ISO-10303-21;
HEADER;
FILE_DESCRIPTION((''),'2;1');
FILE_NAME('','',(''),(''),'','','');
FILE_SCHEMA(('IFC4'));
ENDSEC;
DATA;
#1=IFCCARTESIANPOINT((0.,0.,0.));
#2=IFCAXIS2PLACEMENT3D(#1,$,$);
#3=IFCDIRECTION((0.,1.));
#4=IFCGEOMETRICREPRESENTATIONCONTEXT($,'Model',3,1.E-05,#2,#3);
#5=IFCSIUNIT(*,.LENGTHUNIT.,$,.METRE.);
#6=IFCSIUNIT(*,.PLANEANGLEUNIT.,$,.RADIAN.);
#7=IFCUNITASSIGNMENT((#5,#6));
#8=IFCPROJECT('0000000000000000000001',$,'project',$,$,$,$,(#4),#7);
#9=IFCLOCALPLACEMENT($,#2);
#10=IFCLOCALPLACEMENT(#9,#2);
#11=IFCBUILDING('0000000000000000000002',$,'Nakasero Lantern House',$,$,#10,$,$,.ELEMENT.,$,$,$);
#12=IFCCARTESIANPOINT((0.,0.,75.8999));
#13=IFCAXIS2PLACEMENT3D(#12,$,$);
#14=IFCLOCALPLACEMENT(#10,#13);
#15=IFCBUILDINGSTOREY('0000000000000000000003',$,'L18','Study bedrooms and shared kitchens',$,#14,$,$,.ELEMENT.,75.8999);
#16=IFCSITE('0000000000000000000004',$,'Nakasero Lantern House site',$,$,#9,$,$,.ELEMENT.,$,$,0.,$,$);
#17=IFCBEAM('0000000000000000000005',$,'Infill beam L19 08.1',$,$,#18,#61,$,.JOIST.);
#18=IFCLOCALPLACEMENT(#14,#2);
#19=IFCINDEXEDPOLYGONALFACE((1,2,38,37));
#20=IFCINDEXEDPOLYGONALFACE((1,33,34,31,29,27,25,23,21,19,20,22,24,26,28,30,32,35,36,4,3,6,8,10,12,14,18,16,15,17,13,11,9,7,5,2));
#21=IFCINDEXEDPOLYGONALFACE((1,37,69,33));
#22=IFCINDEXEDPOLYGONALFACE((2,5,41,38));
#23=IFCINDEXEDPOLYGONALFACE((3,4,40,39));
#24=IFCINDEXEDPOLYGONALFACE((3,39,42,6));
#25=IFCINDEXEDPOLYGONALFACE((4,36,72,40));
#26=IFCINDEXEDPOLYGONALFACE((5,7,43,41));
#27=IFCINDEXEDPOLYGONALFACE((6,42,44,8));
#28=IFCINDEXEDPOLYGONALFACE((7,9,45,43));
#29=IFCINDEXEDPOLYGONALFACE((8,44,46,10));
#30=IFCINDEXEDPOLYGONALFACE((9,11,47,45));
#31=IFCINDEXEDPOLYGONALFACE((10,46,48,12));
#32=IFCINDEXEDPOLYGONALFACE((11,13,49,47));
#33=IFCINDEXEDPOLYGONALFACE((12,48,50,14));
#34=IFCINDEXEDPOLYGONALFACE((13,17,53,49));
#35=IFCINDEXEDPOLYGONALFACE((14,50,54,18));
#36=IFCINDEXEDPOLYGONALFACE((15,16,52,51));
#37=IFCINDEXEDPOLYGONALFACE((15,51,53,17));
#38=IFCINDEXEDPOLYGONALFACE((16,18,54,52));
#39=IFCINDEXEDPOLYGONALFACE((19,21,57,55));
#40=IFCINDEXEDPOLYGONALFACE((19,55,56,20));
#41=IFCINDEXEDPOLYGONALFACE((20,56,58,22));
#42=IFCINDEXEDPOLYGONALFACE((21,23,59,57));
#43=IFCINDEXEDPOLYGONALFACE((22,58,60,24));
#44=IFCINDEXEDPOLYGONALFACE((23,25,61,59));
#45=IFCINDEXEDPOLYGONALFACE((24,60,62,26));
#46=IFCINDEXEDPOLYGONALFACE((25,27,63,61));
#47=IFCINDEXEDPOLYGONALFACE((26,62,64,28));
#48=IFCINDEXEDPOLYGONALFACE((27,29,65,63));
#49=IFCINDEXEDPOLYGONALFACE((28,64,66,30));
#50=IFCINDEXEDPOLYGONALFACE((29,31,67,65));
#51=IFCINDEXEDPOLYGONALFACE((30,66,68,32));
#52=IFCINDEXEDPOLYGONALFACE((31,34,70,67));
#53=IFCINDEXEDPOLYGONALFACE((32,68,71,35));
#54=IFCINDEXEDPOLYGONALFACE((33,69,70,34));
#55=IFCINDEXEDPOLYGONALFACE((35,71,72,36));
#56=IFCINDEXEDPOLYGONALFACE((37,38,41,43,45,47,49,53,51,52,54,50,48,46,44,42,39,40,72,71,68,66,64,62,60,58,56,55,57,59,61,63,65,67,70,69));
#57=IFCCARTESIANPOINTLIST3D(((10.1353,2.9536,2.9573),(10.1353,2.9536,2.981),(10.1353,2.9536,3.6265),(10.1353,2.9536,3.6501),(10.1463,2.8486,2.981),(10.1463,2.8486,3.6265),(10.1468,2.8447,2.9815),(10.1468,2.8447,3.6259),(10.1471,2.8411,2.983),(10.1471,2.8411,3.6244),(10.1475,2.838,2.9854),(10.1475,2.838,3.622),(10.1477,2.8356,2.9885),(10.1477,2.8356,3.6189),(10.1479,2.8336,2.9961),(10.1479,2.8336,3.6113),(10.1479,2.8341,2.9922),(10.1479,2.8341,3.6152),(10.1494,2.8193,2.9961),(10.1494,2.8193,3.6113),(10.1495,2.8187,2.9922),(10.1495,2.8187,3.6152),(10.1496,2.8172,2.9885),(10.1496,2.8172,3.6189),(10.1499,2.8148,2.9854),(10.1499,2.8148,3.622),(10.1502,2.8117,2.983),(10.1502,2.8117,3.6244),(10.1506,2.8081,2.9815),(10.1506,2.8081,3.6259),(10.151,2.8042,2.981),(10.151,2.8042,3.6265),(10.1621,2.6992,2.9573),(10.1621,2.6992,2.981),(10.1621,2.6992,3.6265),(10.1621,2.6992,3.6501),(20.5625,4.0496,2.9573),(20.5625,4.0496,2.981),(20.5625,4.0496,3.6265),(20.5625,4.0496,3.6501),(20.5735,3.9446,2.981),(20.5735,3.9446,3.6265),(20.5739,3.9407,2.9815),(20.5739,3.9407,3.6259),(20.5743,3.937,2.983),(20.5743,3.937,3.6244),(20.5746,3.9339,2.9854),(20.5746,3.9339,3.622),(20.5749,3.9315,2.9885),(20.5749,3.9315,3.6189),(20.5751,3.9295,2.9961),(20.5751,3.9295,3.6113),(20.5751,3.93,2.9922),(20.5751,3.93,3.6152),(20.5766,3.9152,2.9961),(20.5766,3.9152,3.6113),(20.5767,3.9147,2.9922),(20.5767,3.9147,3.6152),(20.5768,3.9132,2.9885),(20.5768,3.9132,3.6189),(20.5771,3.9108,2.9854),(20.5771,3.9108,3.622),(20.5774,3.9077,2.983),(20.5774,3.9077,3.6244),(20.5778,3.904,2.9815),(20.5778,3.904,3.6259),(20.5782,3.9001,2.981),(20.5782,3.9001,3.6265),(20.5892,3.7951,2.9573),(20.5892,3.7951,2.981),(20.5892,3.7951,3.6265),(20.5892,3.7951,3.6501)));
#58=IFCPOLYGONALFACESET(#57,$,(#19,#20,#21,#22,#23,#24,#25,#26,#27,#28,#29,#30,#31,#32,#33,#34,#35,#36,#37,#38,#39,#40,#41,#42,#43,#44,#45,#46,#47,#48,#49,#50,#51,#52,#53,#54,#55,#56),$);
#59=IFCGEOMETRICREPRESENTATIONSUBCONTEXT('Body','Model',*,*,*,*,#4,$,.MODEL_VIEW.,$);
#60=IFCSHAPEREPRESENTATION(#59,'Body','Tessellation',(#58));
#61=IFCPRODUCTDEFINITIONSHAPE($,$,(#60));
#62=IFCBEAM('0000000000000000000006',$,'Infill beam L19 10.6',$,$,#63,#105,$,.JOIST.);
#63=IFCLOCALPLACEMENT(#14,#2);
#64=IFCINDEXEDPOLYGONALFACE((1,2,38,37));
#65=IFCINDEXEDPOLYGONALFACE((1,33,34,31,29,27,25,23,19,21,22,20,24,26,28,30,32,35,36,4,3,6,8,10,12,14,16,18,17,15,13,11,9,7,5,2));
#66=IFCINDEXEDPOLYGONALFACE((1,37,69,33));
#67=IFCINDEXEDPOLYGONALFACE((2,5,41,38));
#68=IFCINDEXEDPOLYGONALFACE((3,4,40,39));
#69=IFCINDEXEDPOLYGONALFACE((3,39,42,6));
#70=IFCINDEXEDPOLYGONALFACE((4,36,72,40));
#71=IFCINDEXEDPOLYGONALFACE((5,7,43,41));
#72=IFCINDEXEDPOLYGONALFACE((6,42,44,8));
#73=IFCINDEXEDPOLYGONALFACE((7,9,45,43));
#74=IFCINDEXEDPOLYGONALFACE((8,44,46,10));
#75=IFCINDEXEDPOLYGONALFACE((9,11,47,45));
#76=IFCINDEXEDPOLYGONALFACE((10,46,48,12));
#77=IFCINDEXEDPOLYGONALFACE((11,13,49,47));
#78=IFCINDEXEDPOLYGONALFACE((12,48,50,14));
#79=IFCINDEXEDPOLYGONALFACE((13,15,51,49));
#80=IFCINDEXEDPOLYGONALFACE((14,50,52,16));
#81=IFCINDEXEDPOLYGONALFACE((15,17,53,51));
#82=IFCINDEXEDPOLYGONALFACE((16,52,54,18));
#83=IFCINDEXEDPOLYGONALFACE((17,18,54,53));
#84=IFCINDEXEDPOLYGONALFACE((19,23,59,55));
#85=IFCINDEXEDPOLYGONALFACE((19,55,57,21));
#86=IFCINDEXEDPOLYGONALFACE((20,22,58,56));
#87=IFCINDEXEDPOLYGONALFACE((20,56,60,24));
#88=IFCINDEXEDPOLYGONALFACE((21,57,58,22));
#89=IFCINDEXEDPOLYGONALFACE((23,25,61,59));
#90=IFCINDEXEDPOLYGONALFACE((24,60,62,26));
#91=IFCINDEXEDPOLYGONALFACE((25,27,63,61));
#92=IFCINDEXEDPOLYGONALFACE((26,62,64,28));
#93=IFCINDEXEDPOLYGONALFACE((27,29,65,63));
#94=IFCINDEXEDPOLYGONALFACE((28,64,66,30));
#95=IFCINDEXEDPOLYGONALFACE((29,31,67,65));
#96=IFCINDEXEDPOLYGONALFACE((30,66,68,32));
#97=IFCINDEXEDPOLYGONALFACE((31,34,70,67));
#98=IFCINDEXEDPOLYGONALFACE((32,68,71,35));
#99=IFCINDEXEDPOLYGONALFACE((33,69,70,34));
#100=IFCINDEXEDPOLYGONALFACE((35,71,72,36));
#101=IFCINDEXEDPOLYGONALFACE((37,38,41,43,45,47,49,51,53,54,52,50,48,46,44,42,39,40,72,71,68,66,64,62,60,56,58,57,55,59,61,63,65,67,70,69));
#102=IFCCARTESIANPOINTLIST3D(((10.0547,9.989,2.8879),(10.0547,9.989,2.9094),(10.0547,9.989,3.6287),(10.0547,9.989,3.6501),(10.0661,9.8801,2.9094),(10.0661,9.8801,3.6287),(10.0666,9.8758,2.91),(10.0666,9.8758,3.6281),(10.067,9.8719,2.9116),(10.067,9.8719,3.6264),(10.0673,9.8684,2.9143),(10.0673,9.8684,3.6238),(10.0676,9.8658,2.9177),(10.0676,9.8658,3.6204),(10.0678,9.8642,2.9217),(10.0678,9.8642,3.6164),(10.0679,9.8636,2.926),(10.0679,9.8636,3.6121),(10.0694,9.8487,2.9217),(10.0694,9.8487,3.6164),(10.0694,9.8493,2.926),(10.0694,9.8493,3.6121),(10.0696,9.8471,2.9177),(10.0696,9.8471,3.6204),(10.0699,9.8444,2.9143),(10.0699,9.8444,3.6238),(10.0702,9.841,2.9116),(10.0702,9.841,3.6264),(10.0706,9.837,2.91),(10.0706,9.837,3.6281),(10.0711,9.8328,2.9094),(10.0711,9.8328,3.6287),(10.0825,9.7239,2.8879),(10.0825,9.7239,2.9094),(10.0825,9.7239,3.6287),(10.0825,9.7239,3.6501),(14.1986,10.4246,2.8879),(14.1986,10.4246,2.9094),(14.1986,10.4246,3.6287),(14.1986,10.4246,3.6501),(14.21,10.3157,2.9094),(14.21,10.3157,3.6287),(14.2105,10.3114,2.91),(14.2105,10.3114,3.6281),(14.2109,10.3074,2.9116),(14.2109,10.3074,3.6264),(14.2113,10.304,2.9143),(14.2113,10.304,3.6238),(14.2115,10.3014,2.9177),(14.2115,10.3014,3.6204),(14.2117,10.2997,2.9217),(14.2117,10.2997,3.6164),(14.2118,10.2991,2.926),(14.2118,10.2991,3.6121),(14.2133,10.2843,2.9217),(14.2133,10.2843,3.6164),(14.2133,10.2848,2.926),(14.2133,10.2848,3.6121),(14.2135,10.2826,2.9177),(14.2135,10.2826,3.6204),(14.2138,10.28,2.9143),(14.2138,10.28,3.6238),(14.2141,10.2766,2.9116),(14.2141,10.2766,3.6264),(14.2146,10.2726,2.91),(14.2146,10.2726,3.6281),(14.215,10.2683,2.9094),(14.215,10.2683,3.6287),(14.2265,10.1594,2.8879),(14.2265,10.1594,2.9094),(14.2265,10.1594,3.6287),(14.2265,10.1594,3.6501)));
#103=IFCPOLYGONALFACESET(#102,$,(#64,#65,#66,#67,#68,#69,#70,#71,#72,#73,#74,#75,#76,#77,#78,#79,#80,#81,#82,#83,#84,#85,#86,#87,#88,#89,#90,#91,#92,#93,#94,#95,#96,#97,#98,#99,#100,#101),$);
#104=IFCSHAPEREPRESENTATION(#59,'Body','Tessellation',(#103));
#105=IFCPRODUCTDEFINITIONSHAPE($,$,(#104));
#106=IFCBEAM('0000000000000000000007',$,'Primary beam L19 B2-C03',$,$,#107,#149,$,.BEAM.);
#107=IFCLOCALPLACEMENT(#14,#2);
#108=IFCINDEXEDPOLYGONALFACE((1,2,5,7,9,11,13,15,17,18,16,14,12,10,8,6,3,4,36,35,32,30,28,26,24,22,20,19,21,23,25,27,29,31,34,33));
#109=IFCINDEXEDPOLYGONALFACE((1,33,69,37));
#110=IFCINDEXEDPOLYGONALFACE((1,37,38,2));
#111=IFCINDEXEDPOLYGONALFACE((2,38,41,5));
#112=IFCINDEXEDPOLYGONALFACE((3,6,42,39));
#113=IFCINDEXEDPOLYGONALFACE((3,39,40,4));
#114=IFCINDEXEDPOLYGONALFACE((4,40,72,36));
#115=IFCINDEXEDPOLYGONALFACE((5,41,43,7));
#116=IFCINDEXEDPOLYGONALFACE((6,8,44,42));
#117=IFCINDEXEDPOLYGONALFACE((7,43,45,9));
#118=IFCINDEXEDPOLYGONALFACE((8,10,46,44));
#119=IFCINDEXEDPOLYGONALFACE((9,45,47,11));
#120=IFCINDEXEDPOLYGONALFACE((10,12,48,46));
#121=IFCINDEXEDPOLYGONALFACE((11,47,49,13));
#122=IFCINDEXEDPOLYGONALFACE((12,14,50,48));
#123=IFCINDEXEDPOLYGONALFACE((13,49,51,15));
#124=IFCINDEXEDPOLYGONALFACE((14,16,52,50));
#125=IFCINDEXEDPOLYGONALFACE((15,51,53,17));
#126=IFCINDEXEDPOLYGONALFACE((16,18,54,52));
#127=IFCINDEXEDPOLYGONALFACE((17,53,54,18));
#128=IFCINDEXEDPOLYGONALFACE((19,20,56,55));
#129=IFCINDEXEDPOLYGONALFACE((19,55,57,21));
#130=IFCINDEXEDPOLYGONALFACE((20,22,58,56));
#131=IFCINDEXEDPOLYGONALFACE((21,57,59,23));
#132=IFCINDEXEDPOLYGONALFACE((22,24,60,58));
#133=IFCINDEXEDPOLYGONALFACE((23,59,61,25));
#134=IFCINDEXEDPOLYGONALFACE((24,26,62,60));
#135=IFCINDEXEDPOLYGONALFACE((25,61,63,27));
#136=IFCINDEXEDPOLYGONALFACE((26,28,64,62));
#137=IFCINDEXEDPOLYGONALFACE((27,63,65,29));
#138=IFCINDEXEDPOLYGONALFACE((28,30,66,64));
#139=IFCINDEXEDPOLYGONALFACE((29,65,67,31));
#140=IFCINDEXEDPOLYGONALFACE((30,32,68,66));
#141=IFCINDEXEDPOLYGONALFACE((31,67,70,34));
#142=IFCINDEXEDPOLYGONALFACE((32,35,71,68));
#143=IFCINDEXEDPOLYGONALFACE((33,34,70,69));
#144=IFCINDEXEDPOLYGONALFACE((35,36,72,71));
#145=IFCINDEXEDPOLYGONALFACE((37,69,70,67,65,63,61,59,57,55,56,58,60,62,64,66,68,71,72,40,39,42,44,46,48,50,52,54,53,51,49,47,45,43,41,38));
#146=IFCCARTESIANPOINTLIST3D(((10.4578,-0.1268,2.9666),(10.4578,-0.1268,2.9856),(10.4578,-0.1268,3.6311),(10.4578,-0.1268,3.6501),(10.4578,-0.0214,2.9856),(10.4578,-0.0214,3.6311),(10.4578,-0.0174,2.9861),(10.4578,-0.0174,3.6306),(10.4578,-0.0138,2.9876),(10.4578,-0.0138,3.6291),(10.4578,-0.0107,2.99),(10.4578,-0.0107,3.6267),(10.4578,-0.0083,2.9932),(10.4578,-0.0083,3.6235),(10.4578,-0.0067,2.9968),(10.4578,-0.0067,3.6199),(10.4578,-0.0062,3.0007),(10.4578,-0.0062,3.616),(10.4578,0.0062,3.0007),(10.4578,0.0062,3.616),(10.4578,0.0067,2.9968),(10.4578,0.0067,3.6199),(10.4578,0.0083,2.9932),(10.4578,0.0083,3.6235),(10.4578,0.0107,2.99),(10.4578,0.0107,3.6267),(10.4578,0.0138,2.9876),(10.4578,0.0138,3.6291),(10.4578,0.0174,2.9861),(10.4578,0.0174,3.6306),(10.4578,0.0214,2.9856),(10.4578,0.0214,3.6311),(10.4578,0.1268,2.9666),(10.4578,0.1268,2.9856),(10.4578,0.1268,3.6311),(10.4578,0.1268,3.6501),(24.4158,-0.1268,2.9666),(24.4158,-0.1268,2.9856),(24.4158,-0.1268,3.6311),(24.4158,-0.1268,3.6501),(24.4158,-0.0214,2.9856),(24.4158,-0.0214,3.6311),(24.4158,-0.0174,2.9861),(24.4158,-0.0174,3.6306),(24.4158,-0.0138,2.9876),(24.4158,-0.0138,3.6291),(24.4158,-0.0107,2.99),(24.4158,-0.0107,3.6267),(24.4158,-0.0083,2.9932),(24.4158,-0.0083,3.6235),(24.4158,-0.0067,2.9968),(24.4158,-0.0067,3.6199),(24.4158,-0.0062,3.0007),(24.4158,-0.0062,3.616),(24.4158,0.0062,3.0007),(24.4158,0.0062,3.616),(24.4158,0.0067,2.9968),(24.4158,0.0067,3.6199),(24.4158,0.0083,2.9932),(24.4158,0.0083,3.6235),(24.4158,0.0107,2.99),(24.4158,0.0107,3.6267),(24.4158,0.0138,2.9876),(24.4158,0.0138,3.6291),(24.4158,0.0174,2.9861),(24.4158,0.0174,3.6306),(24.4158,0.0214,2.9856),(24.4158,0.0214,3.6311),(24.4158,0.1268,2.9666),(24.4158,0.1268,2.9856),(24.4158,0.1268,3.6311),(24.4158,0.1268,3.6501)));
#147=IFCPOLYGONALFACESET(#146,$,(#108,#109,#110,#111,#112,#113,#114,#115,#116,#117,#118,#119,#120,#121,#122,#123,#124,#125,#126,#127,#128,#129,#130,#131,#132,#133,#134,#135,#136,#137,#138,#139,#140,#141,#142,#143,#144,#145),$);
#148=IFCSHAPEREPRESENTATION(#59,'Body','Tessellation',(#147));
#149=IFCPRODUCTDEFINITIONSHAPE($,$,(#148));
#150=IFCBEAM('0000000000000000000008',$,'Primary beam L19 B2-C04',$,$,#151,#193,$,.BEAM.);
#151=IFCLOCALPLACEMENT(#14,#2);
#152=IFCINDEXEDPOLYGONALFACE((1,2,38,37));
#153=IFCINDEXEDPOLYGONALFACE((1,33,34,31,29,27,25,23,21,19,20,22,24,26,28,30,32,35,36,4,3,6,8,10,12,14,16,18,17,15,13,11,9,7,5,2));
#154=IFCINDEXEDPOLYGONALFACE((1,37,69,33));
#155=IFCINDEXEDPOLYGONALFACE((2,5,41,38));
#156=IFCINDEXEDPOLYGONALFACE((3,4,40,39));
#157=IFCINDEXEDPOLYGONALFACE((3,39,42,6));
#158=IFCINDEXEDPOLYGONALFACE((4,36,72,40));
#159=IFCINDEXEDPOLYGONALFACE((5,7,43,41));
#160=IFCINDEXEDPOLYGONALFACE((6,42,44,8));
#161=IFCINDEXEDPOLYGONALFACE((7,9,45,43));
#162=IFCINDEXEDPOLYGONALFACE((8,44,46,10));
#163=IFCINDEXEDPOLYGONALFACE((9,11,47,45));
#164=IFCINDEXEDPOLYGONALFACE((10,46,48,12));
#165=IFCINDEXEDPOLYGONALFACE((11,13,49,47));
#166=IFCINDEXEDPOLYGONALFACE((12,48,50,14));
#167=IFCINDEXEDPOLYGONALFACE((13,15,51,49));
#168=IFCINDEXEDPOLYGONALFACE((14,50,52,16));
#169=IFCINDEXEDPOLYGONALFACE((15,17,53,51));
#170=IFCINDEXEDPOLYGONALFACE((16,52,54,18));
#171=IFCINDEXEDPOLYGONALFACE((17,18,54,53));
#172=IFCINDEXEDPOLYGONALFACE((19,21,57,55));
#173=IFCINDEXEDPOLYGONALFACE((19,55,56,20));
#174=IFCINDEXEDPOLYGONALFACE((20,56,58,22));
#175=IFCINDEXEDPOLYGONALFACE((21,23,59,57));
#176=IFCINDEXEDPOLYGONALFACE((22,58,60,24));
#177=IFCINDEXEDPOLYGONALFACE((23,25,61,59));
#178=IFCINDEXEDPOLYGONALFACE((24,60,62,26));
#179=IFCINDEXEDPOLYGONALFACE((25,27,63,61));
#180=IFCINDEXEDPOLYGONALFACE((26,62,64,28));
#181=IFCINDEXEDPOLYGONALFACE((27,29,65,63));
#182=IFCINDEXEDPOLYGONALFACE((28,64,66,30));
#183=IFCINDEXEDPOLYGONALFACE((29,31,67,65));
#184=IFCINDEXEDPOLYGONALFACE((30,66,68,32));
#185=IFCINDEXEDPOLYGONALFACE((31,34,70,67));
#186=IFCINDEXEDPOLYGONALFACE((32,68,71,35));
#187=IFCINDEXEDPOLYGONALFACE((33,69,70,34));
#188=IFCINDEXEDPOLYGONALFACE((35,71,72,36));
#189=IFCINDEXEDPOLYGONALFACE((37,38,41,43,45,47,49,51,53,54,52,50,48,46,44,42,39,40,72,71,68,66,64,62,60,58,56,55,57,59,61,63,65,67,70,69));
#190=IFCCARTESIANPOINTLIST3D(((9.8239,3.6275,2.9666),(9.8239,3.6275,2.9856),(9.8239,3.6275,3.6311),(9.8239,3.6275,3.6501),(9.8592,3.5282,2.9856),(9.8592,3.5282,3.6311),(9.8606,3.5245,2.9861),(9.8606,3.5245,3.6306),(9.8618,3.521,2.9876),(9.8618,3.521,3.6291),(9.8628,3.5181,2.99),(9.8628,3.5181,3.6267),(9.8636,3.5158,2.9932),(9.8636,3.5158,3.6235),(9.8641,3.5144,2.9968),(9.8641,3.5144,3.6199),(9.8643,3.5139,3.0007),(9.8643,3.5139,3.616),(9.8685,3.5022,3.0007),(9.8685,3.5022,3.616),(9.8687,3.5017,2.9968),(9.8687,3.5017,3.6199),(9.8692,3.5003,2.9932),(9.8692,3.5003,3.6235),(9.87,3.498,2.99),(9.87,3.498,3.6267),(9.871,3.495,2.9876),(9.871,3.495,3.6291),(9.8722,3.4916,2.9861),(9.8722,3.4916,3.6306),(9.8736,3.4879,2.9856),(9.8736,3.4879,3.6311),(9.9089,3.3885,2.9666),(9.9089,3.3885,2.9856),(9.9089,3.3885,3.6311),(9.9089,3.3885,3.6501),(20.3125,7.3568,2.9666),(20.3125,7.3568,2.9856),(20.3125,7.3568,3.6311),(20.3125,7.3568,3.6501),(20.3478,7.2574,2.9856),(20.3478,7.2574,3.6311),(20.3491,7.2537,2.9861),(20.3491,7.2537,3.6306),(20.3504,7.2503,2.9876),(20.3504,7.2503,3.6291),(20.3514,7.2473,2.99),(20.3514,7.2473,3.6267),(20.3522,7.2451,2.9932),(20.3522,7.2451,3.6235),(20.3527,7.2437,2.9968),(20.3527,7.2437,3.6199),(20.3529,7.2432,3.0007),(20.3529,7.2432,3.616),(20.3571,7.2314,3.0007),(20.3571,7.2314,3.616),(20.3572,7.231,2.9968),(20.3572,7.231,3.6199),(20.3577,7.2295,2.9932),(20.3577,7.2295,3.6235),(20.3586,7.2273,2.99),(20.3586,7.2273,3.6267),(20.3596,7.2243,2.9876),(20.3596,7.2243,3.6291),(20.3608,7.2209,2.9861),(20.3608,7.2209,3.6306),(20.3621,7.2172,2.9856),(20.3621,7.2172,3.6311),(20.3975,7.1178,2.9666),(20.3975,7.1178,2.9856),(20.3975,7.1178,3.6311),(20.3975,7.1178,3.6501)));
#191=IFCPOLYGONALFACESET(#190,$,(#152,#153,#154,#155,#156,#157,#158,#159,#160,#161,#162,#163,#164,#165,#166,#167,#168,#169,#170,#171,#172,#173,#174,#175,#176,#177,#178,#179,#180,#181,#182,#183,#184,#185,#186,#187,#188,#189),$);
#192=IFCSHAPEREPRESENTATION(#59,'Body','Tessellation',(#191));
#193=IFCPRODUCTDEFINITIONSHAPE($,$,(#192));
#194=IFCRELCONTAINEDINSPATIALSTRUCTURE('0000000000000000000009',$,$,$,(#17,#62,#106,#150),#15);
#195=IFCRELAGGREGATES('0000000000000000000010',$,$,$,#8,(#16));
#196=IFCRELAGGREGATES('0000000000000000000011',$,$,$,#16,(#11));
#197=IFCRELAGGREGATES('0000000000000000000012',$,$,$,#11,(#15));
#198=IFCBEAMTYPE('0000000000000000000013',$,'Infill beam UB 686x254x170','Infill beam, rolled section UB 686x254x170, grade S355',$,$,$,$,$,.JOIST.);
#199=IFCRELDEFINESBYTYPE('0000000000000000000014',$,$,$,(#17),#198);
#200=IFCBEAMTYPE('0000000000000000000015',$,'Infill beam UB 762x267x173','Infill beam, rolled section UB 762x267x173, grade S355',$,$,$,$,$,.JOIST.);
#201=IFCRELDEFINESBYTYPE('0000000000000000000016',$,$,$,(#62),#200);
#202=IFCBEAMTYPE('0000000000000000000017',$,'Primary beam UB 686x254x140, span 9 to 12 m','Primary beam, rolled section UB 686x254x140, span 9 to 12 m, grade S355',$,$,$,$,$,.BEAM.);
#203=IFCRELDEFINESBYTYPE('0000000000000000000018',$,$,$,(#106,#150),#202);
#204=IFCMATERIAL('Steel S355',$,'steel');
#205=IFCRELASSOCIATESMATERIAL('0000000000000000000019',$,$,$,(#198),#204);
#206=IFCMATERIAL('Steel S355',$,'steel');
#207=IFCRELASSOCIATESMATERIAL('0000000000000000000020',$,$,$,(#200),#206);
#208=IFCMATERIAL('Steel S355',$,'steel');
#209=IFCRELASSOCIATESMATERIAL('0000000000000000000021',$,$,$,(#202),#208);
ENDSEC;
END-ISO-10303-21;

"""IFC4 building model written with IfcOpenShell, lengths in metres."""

from ifc_helpers import new_model, si_unit, direction, frame, origin, origin_2d, place, context, subcontext, project, spatial, i_section, extrude, material, material_profile, profile_set, type_object, element, save


model = new_model("IFC4")

# Units and contexts
model_context = context("Model", 3, precision=1e-05, world=origin(), true_north=direction((0.0, 1.0)))
body_context = subcontext(model_context, "Body", "Model", "MODEL_VIEW")
ifc_project = project(units=[si_unit("LENGTHUNIT", "METRE"), si_unit("PLANEANGLEUNIT", "RADIAN")], contexts=[model_context])

# Site, building, storey
site_placement = place(None, origin())
site = spatial("IfcSite", under=ifc_project, at=site_placement, Name="Nakasero Lantern House site", CompositionType="ELEMENT", RefElevation=0.0)
building_placement = place(site_placement, origin())
building = spatial("IfcBuilding", under=site, at=building_placement, Name="Nakasero Lantern House", CompositionType="ELEMENT")
storey_placement = place(building_placement, frame((0.0, 0.0, 75.8999)))
storey = spatial("IfcBuildingStorey", under=building, at=storey_placement, Name="L18", Description="Study bedrooms and shared kitchens", CompositionType="ELEMENT", Elevation=75.8999)

# Beams
ifc_material_1 = material(Name="Steel S355", Category="steel")
ifc_material_profile_1 = material_profile(ifc_material_1, i_section(OverallWidth=0.2559, OverallDepth=0.6929, WebThickness=0.0144, FlangeThickness=0.0237, FilletRadius=0.0151, at=origin_2d()), Name="UB 686x254x170")
ifc_profile_set_1 = profile_set([ifc_material_profile_1], Name="Steel S355")
beam_type_1 = type_object("IfcBeamType", Name="Infill beam UB 686x254x170", Description="Infill beam, rolled section UB 686x254x170, grade S355", PredefinedType="JOIST", material=ifc_profile_set_1)
beam_1_placement = place(storey_placement, frame((10.1487, 2.8264, 3.3037), z_axis=(0.994522, 0.104528, 0.0), x_axis=(-0.104528, 0.994522, 0.0)))
element("IfcBeam", 1, at=beam_1_placement, inside=storey, type_object=beam_type_1, Name="Infill beam L19 08.1", PredefinedType="JOIST", context=body_context, shape_type="SweptSolid", body=[
    extrude(i_section(OverallWidth=0.2559, OverallDepth=0.6929, WebThickness=0.0144, FlangeThickness=0.0237, FilletRadius=0.0151, at=origin_2d()), origin(), (0.0, 0.0, 1.0), 10.4846),
])
ifc_material_2 = material(Name="Steel S355", Category="steel")
ifc_material_profile_2 = material_profile(ifc_material_2, i_section(OverallWidth=0.2666, OverallDepth=0.7622, WebThickness=0.0144, FlangeThickness=0.0215, FilletRadius=0.0166, at=origin_2d()), Name="UB 762x267x173")
ifc_profile_set_2 = profile_set([ifc_material_profile_2], Name="Steel S355")
beam_type_2 = type_object("IfcBeamType", Name="Infill beam UB 762x267x173", Description="Infill beam, rolled section UB 762x267x173, grade S355", PredefinedType="JOIST", material=ifc_profile_set_2)
beam_2_placement = place(storey_placement, frame((10.0686, 9.8564, 3.269), z_axis=(0.994522, 0.104526, 0.0), x_axis=(-0.104526, 0.994522, 0.0)))
element("IfcBeam", 2, at=beam_2_placement, inside=storey, type_object=beam_type_2, Name="Infill beam L19 10.6", PredefinedType="JOIST", context=body_context, shape_type="SweptSolid", body=[
    extrude(i_section(OverallWidth=0.2666, OverallDepth=0.7622, WebThickness=0.0144, FlangeThickness=0.0215, FilletRadius=0.0166, at=origin_2d()), origin(), (0.0, 0.0, 1.0), 4.1667),
])
ifc_material_3 = material(Name="Steel S355", Category="steel")
ifc_material_profile_3 = material_profile(ifc_material_3, i_section(OverallWidth=0.2537, OverallDepth=0.6836, WebThickness=0.0125, FlangeThickness=0.019, FilletRadius=0.0151, at=origin_2d()), Name="UB 686x254x140")
ifc_profile_set_3 = profile_set([ifc_material_profile_3], Name="Steel S355")
beam_type_3 = type_object("IfcBeamType", Name="Primary beam UB 686x254x140, span 9 to 12 m", Description="Primary beam, rolled section UB 686x254x140, span 9 to 12 m, grade S355", PredefinedType="BEAM", material=ifc_profile_set_3)
beam_3_placement = place(storey_placement, frame((24.4158, 0.0, 3.3083), z_axis=(-1.0, 0.0, 0.0), x_axis=(0.0, -1.0, 0.0)))
element("IfcBeam", 3, at=beam_3_placement, inside=storey, type_object=beam_type_3, Name="Primary beam L19 B2-C03", PredefinedType="BEAM", context=body_context, shape_type="SweptSolid", body=[
    extrude(i_section(OverallWidth=0.2537, OverallDepth=0.6836, WebThickness=0.0125, FlangeThickness=0.019, FilletRadius=0.0151, at=origin_2d()), origin(), (0.0, 0.0, 1.0), 13.958),
])
beam_4_placement = place(storey_placement, frame((20.355, 7.2373, 3.3083), z_axis=(-0.942215, -0.335009, 0.0), x_axis=(0.335009, -0.942215, 0.0)))
element("IfcBeam", 4, at=beam_4_placement, inside=storey, type_object=beam_type_3, Name="Primary beam L19 B2-C04", PredefinedType="BEAM", context=body_context, shape_type="SweptSolid", body=[
    extrude(i_section(OverallWidth=0.2537, OverallDepth=0.6836, WebThickness=0.0125, FlangeThickness=0.019, FilletRadius=0.0151, at=origin_2d()), origin(), (0.0, 0.0, 1.0), 11.1318),
])

save(model, "model.ifc")
